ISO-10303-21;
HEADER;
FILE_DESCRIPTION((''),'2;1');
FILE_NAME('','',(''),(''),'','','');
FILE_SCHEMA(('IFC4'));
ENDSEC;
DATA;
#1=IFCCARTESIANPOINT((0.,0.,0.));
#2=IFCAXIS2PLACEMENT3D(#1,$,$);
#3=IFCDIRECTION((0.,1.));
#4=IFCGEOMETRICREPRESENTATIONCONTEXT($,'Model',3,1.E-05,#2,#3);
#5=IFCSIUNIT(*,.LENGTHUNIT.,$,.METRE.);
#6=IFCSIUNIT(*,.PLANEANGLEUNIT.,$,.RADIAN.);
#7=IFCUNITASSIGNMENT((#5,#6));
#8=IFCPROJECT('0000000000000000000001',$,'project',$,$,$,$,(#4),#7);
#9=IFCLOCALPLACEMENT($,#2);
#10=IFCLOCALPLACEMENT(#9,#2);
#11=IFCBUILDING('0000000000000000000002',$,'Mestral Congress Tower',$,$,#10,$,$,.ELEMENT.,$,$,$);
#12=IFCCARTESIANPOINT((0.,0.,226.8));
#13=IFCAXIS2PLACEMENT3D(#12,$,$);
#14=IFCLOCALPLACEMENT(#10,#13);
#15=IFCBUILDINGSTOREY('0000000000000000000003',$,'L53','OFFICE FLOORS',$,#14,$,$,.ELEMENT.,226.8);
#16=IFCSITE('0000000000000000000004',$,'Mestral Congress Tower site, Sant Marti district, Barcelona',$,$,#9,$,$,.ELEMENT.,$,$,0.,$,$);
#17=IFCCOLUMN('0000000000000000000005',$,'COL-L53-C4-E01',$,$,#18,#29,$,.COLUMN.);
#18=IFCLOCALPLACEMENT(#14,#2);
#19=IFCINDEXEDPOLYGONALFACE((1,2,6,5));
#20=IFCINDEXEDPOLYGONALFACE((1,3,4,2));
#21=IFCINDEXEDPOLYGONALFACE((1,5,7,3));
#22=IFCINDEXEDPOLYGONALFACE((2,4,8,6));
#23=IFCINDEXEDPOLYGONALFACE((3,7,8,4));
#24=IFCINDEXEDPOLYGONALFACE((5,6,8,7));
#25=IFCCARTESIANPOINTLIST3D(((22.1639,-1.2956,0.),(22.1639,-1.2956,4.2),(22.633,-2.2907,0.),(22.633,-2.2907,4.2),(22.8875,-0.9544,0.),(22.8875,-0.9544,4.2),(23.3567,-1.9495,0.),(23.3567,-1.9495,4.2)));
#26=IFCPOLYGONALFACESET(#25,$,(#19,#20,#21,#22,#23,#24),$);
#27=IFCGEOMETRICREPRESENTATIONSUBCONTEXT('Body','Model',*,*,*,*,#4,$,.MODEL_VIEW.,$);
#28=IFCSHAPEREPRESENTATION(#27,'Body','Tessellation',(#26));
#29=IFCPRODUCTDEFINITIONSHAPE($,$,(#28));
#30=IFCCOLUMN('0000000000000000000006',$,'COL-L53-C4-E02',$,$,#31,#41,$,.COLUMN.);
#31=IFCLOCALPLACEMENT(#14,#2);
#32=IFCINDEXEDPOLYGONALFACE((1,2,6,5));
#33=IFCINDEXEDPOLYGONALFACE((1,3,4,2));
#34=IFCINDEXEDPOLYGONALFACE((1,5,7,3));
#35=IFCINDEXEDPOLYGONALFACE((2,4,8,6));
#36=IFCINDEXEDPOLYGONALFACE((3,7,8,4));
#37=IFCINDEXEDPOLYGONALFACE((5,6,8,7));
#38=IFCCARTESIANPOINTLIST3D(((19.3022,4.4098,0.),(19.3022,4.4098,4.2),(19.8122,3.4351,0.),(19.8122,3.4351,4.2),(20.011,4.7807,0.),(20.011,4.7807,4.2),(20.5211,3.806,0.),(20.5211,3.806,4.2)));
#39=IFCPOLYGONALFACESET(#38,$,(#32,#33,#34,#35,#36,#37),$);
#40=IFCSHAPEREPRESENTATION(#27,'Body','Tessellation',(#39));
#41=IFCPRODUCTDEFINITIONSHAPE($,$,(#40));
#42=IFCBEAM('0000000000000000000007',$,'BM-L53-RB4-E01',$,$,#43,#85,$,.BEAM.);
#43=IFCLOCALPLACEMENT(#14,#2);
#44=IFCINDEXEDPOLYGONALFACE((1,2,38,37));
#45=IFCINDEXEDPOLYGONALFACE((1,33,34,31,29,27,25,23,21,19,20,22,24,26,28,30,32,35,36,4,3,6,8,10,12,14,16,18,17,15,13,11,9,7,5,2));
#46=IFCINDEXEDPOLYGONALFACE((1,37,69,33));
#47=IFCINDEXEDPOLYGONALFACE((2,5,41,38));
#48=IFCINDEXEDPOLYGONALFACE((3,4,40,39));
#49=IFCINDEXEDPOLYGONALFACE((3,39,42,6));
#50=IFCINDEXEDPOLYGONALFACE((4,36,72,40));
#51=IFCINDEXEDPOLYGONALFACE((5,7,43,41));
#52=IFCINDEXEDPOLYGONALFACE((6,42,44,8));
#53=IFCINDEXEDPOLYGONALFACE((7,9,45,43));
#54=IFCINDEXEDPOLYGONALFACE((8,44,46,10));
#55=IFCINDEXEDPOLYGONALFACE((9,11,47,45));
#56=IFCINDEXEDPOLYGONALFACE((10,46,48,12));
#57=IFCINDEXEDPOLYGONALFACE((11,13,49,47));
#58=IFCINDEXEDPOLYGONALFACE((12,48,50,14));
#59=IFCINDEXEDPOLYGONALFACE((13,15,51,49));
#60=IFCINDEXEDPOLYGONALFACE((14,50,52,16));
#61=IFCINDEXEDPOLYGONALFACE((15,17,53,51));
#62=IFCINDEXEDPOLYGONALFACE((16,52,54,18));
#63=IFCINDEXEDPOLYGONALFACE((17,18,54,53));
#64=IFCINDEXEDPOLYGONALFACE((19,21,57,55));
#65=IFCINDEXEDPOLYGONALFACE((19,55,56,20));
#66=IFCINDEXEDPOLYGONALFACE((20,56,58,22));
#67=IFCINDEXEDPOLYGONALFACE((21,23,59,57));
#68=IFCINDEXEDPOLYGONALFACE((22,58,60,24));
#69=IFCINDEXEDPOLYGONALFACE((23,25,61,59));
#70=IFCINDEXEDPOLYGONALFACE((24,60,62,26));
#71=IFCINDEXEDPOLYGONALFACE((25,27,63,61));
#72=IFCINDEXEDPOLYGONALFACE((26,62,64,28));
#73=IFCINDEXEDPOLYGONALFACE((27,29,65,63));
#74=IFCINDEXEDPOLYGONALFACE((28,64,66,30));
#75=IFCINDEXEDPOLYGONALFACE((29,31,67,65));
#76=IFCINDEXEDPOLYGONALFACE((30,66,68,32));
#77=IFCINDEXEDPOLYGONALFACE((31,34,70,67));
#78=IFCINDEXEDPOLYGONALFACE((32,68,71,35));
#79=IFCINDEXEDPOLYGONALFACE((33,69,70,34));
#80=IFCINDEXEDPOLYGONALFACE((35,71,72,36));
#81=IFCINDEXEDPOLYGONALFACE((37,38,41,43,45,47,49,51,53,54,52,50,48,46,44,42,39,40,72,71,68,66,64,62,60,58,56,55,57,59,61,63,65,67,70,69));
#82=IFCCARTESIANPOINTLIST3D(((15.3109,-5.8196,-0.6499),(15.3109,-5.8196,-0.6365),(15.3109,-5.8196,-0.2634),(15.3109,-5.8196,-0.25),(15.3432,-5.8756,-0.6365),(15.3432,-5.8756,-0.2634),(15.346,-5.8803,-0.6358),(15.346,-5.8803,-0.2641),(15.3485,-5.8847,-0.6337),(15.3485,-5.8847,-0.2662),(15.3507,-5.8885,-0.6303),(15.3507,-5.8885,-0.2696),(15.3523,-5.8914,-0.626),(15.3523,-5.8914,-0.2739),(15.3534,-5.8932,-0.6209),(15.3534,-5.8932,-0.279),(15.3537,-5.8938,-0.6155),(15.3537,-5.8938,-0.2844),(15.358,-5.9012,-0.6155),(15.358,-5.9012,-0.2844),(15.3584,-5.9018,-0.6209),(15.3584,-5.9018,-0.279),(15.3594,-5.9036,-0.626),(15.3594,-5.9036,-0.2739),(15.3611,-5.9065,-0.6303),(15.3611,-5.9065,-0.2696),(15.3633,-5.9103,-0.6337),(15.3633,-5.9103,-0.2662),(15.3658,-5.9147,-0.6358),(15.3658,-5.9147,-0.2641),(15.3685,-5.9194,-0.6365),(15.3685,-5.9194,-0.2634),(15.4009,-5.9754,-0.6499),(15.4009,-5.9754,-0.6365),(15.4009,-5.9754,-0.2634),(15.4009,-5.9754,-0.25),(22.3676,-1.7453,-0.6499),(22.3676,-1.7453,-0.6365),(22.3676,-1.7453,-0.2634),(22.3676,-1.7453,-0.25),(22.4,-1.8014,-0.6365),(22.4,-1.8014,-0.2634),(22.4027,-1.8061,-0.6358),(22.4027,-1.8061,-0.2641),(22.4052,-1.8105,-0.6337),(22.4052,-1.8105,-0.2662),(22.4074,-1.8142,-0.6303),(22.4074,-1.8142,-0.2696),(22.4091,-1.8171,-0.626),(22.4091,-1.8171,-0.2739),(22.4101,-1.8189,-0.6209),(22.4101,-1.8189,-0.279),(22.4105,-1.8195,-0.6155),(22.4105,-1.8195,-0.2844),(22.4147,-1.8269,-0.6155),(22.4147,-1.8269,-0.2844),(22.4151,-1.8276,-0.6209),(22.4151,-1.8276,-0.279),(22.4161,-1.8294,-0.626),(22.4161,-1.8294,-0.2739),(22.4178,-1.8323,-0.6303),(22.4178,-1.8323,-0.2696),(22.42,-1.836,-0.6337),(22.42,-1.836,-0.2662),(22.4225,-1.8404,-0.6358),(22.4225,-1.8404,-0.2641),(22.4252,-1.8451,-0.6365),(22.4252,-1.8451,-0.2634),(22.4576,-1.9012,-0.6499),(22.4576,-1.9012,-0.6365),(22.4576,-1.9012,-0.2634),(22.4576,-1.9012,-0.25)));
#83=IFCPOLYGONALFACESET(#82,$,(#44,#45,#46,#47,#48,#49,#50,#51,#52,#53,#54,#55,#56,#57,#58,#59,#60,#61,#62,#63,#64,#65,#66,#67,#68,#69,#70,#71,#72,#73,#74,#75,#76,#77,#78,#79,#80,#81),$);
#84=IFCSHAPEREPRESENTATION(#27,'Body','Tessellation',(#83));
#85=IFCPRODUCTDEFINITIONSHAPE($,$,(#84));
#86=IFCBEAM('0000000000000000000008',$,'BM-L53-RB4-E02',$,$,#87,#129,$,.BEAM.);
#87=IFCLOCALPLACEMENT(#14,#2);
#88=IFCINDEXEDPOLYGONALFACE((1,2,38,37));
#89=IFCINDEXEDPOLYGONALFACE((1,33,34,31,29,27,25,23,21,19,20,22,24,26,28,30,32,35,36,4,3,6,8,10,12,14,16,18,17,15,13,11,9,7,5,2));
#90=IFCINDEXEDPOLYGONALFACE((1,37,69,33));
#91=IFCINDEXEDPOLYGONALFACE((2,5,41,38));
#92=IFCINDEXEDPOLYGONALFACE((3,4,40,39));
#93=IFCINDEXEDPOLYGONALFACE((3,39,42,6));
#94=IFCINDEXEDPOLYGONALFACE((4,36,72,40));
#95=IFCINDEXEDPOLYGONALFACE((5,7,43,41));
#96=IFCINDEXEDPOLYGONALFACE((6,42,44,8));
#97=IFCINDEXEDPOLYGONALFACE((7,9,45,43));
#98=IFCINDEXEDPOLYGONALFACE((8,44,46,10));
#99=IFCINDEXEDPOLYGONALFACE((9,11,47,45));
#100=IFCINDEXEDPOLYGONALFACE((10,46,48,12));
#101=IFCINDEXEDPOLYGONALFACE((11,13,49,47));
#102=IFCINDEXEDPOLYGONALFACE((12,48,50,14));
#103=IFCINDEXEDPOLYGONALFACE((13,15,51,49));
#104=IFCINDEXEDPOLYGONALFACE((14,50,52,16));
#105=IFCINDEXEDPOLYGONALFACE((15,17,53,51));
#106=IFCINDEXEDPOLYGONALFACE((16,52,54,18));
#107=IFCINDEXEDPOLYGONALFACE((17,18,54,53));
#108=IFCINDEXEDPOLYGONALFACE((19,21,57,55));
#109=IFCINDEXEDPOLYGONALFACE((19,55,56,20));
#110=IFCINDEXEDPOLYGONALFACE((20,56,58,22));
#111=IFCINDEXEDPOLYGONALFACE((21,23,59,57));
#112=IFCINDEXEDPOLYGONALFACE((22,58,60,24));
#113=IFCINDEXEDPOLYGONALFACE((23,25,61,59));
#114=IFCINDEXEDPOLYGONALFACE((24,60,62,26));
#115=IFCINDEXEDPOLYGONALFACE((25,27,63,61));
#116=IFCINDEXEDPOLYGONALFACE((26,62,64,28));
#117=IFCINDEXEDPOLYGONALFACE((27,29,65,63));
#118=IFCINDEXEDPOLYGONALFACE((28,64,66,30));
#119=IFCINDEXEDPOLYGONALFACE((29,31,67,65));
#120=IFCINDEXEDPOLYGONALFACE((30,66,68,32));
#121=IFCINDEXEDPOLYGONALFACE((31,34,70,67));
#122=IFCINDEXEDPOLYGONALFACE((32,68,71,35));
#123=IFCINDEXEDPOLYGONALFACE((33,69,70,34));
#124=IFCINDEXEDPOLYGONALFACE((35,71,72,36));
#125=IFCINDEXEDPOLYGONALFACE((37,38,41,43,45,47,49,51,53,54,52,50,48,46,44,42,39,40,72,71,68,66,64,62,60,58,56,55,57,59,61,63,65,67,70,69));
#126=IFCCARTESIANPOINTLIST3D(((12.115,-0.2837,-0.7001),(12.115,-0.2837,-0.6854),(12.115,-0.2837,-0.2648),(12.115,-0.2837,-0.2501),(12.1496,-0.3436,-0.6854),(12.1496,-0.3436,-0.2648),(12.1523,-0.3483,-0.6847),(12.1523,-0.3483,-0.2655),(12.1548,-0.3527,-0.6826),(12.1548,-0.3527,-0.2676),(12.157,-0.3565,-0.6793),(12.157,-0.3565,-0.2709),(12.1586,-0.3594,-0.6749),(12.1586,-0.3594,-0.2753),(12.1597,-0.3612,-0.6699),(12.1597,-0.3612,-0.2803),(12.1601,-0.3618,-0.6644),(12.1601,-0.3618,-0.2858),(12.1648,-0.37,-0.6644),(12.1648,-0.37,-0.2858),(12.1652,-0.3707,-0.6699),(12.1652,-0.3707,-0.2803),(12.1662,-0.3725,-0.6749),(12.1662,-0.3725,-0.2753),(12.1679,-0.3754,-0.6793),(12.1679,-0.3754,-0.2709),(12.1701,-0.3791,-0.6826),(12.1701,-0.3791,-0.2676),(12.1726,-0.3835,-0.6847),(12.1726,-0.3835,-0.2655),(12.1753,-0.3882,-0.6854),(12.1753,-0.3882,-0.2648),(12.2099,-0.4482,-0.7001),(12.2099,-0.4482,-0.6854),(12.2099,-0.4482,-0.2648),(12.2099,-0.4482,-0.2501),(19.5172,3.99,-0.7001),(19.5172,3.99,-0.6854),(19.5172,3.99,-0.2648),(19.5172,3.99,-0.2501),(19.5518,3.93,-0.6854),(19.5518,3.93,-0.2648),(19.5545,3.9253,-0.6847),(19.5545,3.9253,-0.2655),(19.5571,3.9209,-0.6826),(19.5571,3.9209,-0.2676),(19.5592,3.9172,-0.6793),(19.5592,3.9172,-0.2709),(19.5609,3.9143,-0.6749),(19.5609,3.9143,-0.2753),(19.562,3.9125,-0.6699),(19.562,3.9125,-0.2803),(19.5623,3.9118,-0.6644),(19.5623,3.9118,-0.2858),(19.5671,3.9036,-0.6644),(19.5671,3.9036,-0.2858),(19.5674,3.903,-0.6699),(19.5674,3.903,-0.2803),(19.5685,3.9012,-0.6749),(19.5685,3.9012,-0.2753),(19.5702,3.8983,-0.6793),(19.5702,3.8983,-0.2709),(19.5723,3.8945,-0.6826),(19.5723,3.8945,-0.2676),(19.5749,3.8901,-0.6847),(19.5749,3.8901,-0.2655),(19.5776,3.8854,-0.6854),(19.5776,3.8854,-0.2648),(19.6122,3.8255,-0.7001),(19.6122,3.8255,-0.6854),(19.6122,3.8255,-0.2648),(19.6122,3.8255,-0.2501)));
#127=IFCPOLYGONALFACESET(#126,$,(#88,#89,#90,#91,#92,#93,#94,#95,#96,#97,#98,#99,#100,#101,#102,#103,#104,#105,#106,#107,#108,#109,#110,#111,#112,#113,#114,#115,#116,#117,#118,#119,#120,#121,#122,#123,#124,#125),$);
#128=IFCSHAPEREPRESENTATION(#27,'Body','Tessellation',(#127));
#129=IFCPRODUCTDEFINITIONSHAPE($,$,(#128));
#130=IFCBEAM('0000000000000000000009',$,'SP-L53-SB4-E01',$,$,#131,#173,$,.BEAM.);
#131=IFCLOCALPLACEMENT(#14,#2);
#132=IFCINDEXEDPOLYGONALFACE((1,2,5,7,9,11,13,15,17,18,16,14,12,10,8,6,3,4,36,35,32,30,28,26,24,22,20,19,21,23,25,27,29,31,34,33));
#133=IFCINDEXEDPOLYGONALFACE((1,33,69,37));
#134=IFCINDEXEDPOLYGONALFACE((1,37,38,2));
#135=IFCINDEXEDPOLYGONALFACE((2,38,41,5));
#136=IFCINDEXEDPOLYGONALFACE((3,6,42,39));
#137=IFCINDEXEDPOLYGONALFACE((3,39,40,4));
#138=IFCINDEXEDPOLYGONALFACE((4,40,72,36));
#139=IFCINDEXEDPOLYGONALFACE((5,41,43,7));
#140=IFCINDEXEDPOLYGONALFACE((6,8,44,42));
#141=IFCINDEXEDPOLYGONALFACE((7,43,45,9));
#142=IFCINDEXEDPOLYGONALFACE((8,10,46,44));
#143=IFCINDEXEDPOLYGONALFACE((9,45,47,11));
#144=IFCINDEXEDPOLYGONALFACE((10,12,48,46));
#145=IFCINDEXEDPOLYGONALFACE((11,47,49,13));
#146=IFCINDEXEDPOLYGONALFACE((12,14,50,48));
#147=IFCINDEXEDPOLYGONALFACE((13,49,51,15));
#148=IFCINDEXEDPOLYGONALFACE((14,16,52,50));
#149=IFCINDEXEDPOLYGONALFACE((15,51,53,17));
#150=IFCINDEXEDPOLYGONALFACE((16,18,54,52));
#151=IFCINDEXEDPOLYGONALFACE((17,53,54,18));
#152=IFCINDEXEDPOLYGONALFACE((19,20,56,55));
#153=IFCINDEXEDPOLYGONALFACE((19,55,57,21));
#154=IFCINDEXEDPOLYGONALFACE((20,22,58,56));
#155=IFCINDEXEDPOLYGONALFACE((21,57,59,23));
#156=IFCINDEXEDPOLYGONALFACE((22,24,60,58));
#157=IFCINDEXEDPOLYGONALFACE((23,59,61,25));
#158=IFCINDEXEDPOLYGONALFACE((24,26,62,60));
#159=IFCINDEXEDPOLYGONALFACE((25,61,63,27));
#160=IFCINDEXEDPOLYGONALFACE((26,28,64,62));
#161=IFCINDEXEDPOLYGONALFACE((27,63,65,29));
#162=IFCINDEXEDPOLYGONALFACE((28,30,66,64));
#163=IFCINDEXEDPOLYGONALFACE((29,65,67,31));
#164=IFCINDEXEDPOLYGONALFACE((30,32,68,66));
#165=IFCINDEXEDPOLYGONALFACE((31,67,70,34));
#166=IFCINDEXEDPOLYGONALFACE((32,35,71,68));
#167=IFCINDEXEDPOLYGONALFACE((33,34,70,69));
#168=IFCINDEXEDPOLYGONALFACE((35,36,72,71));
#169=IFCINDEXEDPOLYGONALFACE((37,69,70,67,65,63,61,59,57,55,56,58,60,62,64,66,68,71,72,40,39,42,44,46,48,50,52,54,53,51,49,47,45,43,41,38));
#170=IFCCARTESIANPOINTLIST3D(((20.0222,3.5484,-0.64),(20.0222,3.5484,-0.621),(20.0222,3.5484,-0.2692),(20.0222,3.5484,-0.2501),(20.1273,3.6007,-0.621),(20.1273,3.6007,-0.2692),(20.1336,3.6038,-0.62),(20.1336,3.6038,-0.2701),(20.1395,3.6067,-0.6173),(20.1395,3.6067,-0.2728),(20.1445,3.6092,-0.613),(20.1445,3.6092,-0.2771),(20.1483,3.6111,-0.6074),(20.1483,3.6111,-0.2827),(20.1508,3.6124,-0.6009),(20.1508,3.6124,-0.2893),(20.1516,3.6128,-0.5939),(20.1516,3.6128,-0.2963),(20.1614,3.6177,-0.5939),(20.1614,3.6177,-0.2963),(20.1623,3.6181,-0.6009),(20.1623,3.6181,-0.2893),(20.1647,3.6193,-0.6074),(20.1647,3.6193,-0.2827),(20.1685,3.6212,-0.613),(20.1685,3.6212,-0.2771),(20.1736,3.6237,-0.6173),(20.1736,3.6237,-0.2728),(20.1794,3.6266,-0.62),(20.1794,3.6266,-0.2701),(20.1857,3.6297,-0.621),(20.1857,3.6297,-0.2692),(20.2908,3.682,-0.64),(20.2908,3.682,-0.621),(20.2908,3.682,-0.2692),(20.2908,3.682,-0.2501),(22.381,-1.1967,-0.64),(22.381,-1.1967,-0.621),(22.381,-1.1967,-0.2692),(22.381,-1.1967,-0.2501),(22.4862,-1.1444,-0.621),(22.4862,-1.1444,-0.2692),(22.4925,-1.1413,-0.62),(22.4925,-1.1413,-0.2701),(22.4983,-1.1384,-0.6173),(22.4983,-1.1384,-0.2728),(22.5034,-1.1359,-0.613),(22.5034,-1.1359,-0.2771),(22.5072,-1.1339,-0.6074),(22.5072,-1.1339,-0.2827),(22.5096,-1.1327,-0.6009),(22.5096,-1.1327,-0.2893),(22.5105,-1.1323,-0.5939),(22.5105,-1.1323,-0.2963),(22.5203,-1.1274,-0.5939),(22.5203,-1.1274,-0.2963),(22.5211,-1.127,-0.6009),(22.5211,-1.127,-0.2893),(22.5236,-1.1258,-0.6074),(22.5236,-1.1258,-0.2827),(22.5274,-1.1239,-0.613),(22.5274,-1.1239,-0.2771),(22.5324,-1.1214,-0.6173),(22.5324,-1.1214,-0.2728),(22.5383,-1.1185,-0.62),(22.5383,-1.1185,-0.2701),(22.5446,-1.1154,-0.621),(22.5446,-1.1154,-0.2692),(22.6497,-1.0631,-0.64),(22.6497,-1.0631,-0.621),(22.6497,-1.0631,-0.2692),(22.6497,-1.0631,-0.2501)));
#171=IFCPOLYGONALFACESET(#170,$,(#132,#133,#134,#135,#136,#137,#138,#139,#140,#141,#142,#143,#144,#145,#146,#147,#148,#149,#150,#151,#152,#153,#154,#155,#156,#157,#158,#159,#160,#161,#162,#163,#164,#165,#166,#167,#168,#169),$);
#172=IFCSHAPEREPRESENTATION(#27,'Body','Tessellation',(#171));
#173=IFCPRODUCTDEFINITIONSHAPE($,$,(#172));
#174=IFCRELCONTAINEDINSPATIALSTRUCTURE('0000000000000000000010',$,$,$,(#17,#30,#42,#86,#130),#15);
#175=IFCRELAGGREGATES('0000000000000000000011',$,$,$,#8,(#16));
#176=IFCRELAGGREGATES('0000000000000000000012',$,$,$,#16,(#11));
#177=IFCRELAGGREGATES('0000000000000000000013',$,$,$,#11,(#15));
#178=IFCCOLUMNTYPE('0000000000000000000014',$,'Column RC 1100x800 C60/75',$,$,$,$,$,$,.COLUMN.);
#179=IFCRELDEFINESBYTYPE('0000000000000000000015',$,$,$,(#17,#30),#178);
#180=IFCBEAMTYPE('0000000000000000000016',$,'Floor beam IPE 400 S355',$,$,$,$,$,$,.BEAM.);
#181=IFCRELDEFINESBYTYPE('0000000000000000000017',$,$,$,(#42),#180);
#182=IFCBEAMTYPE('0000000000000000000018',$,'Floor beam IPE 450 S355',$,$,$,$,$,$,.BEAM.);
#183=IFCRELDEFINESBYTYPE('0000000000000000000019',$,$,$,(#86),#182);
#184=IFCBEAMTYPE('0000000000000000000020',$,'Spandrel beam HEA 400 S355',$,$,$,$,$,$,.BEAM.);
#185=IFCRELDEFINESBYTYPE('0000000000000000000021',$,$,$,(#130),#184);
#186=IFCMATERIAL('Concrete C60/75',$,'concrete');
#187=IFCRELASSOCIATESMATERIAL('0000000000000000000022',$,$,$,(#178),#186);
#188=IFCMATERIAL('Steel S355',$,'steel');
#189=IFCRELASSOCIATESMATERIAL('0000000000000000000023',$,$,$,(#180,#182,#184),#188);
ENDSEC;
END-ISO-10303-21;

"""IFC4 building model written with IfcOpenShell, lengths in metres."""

from ifc_helpers import new_model, si_unit, direction, frame, origin, origin_2d, place, context, subcontext, project, spatial, rectangle, i_section, extrude, material, material_profile, profile_set, type_object, element, save


model = new_model("IFC4")

# Units and contexts
model_context = context("Model", 3, precision=1e-05, world=origin(), true_north=direction((0.0, 1.0)))
body_context = subcontext(model_context, "Body", "Model", "MODEL_VIEW")
ifc_project = project(units=[si_unit("LENGTHUNIT", "METRE"), si_unit("PLANEANGLEUNIT", "RADIAN")], contexts=[model_context])

# Site, building, storey
site_placement = place(None, origin())
site = spatial("IfcSite", under=ifc_project, at=site_placement, Name="Mestral Congress Tower site, Sant Marti district, Barcelona", CompositionType="ELEMENT", RefElevation=0.0)
building_placement = place(site_placement, origin())
building = spatial("IfcBuilding", under=site, at=building_placement, Name="Mestral Congress Tower", CompositionType="ELEMENT")
storey_placement = place(building_placement, frame((0.0, 0.0, 226.8)))
storey = spatial("IfcBuildingStorey", under=building, at=storey_placement, Name="L53", Description="OFFICE FLOORS", CompositionType="ELEMENT", Elevation=226.8)

# Columns
ifc_material_1 = material(Name="Concrete C60/75", Category="concrete")
ifc_material_profile_1 = material_profile(ifc_material_1, rectangle(XDim=1.1001, YDim=0.8, at=origin_2d()), Name="RC 1100x800")
ifc_profile_set_1 = profile_set([ifc_material_profile_1], Name="Concrete C60/75")
column_type = type_object("IfcColumnType", Name="Column RC 1100x800 C60/75", PredefinedType="COLUMN", material=ifc_profile_set_1)
for number, where, z_axis, x_axis, name in (
    (1, (22.7603, -1.6226, 0.0), (0.0, 0.0, 1.0), (-0.426472, 0.904501, 0.0), "COL-L53-C4-E01"),
    (2, (19.9116, 4.1079, 0.0), (0.0, 0.0, 1.0), (-0.463636, 0.886026, 0.0), "COL-L53-C4-E02"),
):
    element("IfcColumn", number, at=place(storey_placement, frame(where, z_axis=z_axis, x_axis=x_axis)), inside=storey, type_object=column_type, Name=name, PredefinedType="COLUMN", context=body_context, shape_type="SweptSolid", body=[
        extrude(rectangle(XDim=1.1001, YDim=0.8, at=origin_2d()), origin(), (0.0, 0.0, 1.0), 4.2),
    ])

# Beams
ifc_material_2 = material(Name="Steel S355", Category="steel")
ifc_material_profile_2 = material_profile(ifc_material_2, i_section(OverallWidth=0.1799, OverallDepth=0.3999, WebThickness=0.0085, FlangeThickness=0.0134, FilletRadius=0.021, at=origin_2d()), Name="IPE 400")
ifc_profile_set_2 = profile_set([ifc_material_profile_2], Name="Steel S355")
beam_type_1 = type_object("IfcBeamType", Name="Floor beam IPE 400 S355", PredefinedType="BEAM", material=ifc_profile_set_2)
beam_1_placement = place(storey_placement, frame((22.4126, -1.8232, -0.45), z_axis=(-0.866022, -0.500006, 0.0), x_axis=(0.500006, -0.866022, 0.0)))
element("IfcBeam", 3, at=beam_1_placement, inside=storey, type_object=beam_type_1, Name="BM-L53-RB4-E01", PredefinedType="BEAM", context=body_context, shape_type="SweptSolid", body=[
    extrude(i_section(OverallWidth=0.1799, OverallDepth=0.3999, WebThickness=0.0085, FlangeThickness=0.0134, FilletRadius=0.021, at=origin_2d()), origin(), (0.0, 0.0, 1.0), 8.1484),
])
ifc_material_profile_3 = material_profile(ifc_material_2, i_section(OverallWidth=0.1899, OverallDepth=0.45, WebThickness=0.0095, FlangeThickness=0.0146, FilletRadius=0.021, at=origin_2d()), Name="IPE 450")
ifc_profile_set_3 = profile_set([ifc_material_profile_3], Name="Steel S355")
beam_type_2 = type_object("IfcBeamType", Name="Floor beam IPE 450 S355", PredefinedType="BEAM", material=ifc_profile_set_3)
beam_2_placement = place(storey_placement, frame((19.5647, 3.9077, -0.4751), z_axis=(-0.866029, -0.499994, 0.0), x_axis=(0.499994, -0.866029, 0.0)))
element("IfcBeam", 4, at=beam_2_placement, inside=storey, type_object=beam_type_2, Name="BM-L53-RB4-E02", PredefinedType="BEAM", context=body_context, shape_type="SweptSolid", body=[
    extrude(i_section(OverallWidth=0.1899, OverallDepth=0.45, WebThickness=0.0095, FlangeThickness=0.0146, FilletRadius=0.021, at=origin_2d()), origin(), (0.0, 0.0, 1.0), 8.5474),
])
ifc_material_profile_4 = material_profile(ifc_material_2, i_section(OverallWidth=0.3, OverallDepth=0.3899, WebThickness=0.011, FlangeThickness=0.019, FilletRadius=0.0271, at=origin_2d()), Name="HEA 400")
ifc_profile_set_4 = profile_set([ifc_material_profile_4], Name="Steel S355")
beam_type_3 = type_object("IfcBeamType", Name="Spandrel beam HEA 400 S355", PredefinedType="BEAM", material=ifc_profile_set_4)
beam_3_placement = place(storey_placement, frame((22.5154, -1.1299, -0.4451), z_axis=(-0.445148, 0.895457, 0.0), x_axis=(-0.895457, -0.445148, 0.0)))
element("IfcBeam", 5, at=beam_3_placement, inside=storey, type_object=beam_type_3, Name="SP-L53-SB4-E01", PredefinedType="BEAM", context=body_context, shape_type="SweptSolid", body=[
    extrude(i_section(OverallWidth=0.3, OverallDepth=0.3899, WebThickness=0.011, FlangeThickness=0.019, FilletRadius=0.0271, at=origin_2d()), origin(), (0.0, 0.0, 1.0), 5.2991),
])

save(model, "model.ifc")
